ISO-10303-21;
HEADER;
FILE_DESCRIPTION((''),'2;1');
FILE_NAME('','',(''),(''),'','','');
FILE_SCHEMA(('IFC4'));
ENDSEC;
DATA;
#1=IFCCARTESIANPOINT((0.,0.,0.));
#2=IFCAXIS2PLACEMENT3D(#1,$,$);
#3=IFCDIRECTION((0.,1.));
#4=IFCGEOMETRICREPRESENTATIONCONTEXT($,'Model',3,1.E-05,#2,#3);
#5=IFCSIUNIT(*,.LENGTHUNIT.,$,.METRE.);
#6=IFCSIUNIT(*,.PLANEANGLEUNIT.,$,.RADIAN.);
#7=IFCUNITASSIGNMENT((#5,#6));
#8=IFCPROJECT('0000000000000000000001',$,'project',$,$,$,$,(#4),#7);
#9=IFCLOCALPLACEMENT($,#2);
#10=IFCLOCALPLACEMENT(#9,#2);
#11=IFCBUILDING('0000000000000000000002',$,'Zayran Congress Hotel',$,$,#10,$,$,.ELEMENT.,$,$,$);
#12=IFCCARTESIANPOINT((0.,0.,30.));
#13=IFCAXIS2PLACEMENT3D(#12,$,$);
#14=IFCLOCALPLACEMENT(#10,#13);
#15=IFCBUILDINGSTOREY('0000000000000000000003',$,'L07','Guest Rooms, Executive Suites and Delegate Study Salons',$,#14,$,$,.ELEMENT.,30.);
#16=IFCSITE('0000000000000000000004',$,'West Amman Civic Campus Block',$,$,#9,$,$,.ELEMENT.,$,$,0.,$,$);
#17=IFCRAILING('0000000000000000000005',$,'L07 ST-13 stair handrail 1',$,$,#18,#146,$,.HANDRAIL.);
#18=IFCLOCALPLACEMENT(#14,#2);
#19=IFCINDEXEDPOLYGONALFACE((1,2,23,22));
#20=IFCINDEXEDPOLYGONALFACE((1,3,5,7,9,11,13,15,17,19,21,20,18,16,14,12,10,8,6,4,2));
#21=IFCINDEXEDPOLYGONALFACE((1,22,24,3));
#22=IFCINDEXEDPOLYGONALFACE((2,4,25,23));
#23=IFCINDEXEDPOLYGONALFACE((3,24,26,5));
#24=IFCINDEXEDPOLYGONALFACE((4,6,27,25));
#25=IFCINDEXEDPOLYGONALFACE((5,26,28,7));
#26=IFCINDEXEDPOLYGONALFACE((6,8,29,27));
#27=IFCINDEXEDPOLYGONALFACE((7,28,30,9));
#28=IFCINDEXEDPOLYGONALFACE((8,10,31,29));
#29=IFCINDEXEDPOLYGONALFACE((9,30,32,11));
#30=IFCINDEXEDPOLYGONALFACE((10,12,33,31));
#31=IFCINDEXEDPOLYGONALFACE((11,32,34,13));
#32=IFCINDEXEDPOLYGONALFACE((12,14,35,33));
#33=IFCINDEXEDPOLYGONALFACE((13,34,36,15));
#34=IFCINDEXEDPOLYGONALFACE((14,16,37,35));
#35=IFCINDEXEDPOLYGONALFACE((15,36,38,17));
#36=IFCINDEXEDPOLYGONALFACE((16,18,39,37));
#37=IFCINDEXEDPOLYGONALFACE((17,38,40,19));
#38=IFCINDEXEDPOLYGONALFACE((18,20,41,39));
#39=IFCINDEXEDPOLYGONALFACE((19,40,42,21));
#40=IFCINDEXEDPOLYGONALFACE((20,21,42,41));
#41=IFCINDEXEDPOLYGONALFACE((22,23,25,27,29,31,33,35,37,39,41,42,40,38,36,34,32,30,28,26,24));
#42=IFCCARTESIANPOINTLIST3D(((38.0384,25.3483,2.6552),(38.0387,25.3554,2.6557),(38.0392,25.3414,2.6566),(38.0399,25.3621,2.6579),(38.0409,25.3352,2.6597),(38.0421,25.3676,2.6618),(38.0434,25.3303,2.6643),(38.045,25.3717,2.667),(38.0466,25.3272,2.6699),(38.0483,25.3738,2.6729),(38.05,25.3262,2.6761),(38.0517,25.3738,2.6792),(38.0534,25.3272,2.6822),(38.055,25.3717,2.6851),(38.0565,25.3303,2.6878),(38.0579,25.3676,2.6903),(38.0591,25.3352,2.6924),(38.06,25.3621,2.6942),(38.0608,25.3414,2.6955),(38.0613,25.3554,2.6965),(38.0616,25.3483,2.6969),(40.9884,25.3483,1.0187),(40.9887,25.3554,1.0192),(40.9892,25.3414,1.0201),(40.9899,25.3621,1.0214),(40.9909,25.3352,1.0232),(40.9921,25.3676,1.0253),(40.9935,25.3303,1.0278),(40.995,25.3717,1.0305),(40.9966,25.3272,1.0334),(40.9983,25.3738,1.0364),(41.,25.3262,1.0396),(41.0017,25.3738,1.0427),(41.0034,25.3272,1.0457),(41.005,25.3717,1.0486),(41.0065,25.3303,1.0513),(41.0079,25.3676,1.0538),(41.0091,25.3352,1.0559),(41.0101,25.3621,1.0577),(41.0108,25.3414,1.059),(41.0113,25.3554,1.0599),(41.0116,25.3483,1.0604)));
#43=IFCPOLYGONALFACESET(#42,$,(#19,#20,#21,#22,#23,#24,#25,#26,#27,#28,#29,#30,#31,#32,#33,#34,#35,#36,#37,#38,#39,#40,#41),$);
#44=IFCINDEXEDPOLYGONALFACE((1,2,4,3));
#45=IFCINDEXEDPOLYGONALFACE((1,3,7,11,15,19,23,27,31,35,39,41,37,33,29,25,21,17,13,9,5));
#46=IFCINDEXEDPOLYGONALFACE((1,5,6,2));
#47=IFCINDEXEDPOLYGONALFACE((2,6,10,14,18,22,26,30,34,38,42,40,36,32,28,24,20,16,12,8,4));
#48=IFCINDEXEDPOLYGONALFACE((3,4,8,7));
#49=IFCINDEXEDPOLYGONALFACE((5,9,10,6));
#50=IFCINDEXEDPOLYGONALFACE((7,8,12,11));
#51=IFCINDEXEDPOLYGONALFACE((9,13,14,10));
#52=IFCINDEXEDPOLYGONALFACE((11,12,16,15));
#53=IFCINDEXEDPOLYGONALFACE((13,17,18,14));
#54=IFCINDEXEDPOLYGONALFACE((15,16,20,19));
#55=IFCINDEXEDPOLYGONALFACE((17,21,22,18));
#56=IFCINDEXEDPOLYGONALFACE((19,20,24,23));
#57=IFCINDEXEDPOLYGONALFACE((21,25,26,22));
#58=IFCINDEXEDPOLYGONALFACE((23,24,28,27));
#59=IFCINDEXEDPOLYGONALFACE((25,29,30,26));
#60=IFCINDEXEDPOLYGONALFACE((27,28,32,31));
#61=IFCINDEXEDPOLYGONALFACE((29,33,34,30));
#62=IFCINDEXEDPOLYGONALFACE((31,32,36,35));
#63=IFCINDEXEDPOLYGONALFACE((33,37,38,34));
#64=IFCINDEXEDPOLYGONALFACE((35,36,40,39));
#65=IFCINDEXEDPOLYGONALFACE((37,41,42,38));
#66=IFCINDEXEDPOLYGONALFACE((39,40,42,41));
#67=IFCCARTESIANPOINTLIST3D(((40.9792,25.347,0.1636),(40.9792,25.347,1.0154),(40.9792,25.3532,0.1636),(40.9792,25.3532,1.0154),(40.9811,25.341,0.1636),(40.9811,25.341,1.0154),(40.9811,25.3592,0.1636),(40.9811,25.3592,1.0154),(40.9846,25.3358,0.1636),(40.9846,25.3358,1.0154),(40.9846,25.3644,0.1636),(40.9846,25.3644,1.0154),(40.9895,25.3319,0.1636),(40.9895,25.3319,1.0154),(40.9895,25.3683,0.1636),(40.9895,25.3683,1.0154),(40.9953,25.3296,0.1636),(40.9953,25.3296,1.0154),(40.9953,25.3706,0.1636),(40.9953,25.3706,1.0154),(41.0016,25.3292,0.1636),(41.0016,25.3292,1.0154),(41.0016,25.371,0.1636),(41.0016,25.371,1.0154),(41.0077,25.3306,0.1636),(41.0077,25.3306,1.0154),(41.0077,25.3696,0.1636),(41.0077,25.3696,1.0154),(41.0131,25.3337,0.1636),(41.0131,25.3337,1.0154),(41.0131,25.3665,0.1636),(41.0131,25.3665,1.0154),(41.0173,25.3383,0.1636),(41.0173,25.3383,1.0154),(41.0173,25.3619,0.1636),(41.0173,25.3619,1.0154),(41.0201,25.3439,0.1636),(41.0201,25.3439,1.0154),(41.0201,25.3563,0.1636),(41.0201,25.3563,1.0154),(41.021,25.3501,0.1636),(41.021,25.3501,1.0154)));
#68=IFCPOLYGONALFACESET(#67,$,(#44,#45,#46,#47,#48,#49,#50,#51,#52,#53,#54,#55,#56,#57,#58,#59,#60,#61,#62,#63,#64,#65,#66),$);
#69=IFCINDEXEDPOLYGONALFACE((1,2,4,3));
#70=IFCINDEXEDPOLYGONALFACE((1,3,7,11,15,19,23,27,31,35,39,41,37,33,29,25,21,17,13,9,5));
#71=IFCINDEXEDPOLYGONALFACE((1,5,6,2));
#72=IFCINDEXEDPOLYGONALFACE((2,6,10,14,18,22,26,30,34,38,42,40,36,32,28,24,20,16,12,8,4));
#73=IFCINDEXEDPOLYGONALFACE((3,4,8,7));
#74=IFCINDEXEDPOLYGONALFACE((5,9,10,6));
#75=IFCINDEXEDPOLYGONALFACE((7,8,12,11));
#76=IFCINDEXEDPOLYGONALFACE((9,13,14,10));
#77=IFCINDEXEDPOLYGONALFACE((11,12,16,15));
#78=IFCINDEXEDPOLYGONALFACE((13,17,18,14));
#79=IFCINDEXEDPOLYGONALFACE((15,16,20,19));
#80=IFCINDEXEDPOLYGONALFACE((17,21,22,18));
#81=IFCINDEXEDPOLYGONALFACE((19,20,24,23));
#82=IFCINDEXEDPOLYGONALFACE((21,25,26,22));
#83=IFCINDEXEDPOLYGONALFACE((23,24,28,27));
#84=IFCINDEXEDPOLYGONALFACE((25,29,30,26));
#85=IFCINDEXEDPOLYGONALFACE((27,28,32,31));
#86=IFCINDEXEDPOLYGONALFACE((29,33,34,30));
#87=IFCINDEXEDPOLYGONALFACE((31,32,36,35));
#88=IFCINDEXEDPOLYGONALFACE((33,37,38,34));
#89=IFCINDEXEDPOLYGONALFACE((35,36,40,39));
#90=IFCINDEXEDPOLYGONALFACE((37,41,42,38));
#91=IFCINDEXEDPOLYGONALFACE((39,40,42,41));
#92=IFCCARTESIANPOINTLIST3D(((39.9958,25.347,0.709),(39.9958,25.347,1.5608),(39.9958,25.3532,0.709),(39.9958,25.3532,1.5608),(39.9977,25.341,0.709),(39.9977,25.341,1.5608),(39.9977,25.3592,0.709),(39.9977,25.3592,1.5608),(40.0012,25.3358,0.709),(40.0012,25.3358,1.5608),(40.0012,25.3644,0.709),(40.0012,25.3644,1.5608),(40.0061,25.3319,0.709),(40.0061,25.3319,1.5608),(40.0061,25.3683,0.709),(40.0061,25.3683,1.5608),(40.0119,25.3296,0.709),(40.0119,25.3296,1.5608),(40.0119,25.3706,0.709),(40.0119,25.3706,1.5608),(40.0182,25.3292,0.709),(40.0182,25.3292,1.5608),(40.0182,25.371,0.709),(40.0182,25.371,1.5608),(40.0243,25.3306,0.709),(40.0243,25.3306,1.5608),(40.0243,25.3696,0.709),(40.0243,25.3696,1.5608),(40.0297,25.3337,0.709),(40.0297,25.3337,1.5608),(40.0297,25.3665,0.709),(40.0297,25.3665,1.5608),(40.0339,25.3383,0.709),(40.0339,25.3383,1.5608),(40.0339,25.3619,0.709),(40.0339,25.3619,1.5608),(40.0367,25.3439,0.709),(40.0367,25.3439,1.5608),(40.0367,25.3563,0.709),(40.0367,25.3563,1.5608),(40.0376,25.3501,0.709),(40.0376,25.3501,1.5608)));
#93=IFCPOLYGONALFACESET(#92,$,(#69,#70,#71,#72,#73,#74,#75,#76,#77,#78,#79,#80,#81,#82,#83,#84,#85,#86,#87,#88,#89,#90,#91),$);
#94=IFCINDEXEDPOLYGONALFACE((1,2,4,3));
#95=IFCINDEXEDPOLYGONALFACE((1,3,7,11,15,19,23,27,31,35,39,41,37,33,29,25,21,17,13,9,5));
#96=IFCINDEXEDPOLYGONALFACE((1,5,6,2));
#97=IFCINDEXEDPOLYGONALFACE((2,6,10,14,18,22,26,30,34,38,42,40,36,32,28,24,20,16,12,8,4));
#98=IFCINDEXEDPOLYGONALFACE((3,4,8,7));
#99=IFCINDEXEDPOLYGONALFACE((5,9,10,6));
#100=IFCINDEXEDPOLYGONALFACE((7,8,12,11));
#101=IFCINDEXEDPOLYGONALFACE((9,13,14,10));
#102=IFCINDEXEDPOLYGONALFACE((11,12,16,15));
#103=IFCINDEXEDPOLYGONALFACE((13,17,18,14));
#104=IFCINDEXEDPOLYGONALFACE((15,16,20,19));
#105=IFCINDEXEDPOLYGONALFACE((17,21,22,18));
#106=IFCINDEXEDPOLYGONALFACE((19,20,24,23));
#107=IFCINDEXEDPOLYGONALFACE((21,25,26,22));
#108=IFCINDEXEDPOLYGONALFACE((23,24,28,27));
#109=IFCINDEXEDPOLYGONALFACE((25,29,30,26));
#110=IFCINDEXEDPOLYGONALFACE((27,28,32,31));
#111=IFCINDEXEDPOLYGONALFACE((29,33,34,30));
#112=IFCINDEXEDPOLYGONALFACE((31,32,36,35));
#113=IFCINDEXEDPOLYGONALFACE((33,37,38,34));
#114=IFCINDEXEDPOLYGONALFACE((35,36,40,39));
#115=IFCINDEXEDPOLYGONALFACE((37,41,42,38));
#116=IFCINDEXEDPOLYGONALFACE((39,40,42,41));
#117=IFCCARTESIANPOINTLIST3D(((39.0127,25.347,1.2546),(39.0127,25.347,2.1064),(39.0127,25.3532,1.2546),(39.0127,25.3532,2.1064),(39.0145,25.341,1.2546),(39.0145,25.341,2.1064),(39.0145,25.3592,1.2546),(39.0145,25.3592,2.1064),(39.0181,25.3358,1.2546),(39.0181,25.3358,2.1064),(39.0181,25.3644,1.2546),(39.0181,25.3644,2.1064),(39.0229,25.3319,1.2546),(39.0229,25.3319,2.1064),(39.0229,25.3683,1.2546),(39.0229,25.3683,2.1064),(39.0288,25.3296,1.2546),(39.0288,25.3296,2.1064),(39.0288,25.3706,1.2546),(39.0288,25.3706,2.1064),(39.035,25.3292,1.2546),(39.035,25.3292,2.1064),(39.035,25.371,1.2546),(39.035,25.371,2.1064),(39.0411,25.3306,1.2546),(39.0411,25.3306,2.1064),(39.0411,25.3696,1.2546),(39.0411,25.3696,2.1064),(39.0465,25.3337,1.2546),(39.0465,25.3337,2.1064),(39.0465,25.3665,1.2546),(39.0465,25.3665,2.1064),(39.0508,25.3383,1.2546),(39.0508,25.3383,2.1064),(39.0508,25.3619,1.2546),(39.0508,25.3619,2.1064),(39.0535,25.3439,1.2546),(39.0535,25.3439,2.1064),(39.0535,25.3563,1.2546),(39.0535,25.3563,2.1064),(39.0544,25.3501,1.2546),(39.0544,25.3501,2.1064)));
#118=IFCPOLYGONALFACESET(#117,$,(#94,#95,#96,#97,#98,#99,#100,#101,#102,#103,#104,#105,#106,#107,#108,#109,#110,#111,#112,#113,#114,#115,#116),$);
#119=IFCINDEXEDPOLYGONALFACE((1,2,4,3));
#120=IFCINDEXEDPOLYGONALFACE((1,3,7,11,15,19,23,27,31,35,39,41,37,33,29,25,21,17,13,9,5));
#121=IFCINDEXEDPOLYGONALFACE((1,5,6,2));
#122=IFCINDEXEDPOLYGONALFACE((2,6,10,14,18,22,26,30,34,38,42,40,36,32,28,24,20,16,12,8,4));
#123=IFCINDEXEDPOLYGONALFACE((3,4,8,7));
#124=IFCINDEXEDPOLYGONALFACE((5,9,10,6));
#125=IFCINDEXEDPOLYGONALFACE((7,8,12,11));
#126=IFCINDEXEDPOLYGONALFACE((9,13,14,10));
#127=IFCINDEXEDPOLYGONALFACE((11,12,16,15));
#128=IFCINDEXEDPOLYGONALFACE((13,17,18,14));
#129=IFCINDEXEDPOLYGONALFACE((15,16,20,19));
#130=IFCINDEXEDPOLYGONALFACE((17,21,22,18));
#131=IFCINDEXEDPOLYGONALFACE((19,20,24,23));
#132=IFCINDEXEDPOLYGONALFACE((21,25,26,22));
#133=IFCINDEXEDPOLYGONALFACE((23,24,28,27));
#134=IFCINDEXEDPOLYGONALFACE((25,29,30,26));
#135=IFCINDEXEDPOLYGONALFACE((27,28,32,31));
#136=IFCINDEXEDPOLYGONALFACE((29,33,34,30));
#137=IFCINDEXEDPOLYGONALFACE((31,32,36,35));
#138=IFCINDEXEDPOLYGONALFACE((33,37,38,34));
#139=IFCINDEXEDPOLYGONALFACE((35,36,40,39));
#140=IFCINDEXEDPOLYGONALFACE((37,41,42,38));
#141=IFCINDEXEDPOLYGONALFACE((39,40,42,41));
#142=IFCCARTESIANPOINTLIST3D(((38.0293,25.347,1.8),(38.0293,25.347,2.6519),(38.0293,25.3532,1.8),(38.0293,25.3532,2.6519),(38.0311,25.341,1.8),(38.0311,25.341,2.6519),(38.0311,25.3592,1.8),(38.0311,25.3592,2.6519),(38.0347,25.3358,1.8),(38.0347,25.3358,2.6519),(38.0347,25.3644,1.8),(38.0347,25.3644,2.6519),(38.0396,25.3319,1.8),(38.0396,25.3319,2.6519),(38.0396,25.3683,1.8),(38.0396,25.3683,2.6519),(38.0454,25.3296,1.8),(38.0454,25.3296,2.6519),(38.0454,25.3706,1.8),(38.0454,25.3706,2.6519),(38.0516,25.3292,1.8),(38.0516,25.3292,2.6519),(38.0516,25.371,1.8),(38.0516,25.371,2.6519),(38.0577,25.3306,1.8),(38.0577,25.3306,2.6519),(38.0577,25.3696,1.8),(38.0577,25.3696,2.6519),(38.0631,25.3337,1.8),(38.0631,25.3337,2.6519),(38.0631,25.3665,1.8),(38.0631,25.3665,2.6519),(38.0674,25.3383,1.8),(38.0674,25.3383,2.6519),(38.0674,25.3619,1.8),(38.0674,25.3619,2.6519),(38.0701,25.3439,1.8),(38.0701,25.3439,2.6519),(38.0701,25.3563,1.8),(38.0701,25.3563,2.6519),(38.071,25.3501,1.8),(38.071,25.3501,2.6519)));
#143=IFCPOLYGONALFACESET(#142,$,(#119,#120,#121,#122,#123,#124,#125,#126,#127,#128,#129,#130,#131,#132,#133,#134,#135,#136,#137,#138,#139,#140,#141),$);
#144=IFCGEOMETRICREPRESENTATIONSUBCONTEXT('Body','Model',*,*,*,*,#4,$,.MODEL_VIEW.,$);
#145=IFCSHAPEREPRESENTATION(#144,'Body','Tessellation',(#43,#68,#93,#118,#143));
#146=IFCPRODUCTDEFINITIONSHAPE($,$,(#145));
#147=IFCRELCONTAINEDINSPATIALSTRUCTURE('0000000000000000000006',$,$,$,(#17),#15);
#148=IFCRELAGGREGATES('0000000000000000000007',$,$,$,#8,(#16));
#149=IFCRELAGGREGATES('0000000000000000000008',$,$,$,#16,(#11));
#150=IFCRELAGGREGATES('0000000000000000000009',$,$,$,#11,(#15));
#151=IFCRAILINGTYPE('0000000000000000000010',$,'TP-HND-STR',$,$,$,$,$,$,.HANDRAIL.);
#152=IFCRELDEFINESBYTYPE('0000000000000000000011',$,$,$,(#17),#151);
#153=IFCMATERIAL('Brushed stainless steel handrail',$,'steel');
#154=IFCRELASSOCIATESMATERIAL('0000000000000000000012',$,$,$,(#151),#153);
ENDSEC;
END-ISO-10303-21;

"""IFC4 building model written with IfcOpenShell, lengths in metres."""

from ifc_helpers import new_model, si_unit, direction, frame, origin, origin_2d, place, context, subcontext, project, spatial, circle, extrude, material, type_object, element, save


model = new_model("IFC4")

# Units and contexts
model_context = context("Model", 3, precision=1e-05, world=origin(), true_north=direction((0.0, 1.0)))
body_context = subcontext(model_context, "Body", "Model", "MODEL_VIEW")
ifc_project = project(units=[si_unit("LENGTHUNIT", "METRE"), si_unit("PLANEANGLEUNIT", "RADIAN")], contexts=[model_context])

# Site, building, storey
site_placement = place(None, origin())
site = spatial("IfcSite", under=ifc_project, at=site_placement, Name="West Amman Civic Campus Block", CompositionType="ELEMENT", RefElevation=0.0)
building_placement = place(site_placement, origin())
building = spatial("IfcBuilding", under=site, at=building_placement, Name="Zayran Congress Hotel", CompositionType="ELEMENT")
storey_placement = place(building_placement, frame((0.0, 0.0, 30.0)))
storey = spatial("IfcBuildingStorey", under=building, at=storey_placement, Name="L07", Description="Guest Rooms, Executive Suites and Delegate Study Salons", CompositionType="ELEMENT", Elevation=30.0)

# Railing
ifc_material_1 = material(Name="Brushed stainless steel handrail", Category="steel")
railing_type_1 = type_object("IfcRailingType", Name="TP-HND-STR", PredefinedType="HANDRAIL", material=ifc_material_1)
railing_1_placement = place(storey_placement, frame((41.0, 25.3501, 0.1636)))
element("IfcRailing", 1, at=railing_1_placement, inside=storey, type_object=railing_type_1, Name="L07 ST-13 stair handrail 1", PredefinedType="HANDRAIL", context=body_context, shape_type="SweptSolid", body=[
    extrude(circle(Radius=0.0239, at=origin_2d()), frame((0.0, 0.0, 0.876), z_axis=(-0.874458, 0.0, 0.485102), x_axis=(0.0, -1.0, 0.0)), (0.0, 0.0, 1.0), 3.3735),
    extrude(circle(Radius=0.021, at=origin_2d()), origin(), (0.0, 0.0, 1.0), 0.8518),
    extrude(circle(Radius=0.021, at=origin_2d()), frame((-0.9834, 0.0, 0.5454)), (0.0, 0.0, 1.0), 0.8518),
    extrude(circle(Radius=0.021, at=origin_2d()), frame((-1.9666, 0.0, 1.0911)), (0.0, 0.0, 1.0), 0.8518),
    extrude(circle(Radius=0.021, at=origin_2d()), frame((-2.95, 0.0, 1.6365)), (0.0, 0.0, 1.0), 0.8518),
])

save(model, "model.ifc")
